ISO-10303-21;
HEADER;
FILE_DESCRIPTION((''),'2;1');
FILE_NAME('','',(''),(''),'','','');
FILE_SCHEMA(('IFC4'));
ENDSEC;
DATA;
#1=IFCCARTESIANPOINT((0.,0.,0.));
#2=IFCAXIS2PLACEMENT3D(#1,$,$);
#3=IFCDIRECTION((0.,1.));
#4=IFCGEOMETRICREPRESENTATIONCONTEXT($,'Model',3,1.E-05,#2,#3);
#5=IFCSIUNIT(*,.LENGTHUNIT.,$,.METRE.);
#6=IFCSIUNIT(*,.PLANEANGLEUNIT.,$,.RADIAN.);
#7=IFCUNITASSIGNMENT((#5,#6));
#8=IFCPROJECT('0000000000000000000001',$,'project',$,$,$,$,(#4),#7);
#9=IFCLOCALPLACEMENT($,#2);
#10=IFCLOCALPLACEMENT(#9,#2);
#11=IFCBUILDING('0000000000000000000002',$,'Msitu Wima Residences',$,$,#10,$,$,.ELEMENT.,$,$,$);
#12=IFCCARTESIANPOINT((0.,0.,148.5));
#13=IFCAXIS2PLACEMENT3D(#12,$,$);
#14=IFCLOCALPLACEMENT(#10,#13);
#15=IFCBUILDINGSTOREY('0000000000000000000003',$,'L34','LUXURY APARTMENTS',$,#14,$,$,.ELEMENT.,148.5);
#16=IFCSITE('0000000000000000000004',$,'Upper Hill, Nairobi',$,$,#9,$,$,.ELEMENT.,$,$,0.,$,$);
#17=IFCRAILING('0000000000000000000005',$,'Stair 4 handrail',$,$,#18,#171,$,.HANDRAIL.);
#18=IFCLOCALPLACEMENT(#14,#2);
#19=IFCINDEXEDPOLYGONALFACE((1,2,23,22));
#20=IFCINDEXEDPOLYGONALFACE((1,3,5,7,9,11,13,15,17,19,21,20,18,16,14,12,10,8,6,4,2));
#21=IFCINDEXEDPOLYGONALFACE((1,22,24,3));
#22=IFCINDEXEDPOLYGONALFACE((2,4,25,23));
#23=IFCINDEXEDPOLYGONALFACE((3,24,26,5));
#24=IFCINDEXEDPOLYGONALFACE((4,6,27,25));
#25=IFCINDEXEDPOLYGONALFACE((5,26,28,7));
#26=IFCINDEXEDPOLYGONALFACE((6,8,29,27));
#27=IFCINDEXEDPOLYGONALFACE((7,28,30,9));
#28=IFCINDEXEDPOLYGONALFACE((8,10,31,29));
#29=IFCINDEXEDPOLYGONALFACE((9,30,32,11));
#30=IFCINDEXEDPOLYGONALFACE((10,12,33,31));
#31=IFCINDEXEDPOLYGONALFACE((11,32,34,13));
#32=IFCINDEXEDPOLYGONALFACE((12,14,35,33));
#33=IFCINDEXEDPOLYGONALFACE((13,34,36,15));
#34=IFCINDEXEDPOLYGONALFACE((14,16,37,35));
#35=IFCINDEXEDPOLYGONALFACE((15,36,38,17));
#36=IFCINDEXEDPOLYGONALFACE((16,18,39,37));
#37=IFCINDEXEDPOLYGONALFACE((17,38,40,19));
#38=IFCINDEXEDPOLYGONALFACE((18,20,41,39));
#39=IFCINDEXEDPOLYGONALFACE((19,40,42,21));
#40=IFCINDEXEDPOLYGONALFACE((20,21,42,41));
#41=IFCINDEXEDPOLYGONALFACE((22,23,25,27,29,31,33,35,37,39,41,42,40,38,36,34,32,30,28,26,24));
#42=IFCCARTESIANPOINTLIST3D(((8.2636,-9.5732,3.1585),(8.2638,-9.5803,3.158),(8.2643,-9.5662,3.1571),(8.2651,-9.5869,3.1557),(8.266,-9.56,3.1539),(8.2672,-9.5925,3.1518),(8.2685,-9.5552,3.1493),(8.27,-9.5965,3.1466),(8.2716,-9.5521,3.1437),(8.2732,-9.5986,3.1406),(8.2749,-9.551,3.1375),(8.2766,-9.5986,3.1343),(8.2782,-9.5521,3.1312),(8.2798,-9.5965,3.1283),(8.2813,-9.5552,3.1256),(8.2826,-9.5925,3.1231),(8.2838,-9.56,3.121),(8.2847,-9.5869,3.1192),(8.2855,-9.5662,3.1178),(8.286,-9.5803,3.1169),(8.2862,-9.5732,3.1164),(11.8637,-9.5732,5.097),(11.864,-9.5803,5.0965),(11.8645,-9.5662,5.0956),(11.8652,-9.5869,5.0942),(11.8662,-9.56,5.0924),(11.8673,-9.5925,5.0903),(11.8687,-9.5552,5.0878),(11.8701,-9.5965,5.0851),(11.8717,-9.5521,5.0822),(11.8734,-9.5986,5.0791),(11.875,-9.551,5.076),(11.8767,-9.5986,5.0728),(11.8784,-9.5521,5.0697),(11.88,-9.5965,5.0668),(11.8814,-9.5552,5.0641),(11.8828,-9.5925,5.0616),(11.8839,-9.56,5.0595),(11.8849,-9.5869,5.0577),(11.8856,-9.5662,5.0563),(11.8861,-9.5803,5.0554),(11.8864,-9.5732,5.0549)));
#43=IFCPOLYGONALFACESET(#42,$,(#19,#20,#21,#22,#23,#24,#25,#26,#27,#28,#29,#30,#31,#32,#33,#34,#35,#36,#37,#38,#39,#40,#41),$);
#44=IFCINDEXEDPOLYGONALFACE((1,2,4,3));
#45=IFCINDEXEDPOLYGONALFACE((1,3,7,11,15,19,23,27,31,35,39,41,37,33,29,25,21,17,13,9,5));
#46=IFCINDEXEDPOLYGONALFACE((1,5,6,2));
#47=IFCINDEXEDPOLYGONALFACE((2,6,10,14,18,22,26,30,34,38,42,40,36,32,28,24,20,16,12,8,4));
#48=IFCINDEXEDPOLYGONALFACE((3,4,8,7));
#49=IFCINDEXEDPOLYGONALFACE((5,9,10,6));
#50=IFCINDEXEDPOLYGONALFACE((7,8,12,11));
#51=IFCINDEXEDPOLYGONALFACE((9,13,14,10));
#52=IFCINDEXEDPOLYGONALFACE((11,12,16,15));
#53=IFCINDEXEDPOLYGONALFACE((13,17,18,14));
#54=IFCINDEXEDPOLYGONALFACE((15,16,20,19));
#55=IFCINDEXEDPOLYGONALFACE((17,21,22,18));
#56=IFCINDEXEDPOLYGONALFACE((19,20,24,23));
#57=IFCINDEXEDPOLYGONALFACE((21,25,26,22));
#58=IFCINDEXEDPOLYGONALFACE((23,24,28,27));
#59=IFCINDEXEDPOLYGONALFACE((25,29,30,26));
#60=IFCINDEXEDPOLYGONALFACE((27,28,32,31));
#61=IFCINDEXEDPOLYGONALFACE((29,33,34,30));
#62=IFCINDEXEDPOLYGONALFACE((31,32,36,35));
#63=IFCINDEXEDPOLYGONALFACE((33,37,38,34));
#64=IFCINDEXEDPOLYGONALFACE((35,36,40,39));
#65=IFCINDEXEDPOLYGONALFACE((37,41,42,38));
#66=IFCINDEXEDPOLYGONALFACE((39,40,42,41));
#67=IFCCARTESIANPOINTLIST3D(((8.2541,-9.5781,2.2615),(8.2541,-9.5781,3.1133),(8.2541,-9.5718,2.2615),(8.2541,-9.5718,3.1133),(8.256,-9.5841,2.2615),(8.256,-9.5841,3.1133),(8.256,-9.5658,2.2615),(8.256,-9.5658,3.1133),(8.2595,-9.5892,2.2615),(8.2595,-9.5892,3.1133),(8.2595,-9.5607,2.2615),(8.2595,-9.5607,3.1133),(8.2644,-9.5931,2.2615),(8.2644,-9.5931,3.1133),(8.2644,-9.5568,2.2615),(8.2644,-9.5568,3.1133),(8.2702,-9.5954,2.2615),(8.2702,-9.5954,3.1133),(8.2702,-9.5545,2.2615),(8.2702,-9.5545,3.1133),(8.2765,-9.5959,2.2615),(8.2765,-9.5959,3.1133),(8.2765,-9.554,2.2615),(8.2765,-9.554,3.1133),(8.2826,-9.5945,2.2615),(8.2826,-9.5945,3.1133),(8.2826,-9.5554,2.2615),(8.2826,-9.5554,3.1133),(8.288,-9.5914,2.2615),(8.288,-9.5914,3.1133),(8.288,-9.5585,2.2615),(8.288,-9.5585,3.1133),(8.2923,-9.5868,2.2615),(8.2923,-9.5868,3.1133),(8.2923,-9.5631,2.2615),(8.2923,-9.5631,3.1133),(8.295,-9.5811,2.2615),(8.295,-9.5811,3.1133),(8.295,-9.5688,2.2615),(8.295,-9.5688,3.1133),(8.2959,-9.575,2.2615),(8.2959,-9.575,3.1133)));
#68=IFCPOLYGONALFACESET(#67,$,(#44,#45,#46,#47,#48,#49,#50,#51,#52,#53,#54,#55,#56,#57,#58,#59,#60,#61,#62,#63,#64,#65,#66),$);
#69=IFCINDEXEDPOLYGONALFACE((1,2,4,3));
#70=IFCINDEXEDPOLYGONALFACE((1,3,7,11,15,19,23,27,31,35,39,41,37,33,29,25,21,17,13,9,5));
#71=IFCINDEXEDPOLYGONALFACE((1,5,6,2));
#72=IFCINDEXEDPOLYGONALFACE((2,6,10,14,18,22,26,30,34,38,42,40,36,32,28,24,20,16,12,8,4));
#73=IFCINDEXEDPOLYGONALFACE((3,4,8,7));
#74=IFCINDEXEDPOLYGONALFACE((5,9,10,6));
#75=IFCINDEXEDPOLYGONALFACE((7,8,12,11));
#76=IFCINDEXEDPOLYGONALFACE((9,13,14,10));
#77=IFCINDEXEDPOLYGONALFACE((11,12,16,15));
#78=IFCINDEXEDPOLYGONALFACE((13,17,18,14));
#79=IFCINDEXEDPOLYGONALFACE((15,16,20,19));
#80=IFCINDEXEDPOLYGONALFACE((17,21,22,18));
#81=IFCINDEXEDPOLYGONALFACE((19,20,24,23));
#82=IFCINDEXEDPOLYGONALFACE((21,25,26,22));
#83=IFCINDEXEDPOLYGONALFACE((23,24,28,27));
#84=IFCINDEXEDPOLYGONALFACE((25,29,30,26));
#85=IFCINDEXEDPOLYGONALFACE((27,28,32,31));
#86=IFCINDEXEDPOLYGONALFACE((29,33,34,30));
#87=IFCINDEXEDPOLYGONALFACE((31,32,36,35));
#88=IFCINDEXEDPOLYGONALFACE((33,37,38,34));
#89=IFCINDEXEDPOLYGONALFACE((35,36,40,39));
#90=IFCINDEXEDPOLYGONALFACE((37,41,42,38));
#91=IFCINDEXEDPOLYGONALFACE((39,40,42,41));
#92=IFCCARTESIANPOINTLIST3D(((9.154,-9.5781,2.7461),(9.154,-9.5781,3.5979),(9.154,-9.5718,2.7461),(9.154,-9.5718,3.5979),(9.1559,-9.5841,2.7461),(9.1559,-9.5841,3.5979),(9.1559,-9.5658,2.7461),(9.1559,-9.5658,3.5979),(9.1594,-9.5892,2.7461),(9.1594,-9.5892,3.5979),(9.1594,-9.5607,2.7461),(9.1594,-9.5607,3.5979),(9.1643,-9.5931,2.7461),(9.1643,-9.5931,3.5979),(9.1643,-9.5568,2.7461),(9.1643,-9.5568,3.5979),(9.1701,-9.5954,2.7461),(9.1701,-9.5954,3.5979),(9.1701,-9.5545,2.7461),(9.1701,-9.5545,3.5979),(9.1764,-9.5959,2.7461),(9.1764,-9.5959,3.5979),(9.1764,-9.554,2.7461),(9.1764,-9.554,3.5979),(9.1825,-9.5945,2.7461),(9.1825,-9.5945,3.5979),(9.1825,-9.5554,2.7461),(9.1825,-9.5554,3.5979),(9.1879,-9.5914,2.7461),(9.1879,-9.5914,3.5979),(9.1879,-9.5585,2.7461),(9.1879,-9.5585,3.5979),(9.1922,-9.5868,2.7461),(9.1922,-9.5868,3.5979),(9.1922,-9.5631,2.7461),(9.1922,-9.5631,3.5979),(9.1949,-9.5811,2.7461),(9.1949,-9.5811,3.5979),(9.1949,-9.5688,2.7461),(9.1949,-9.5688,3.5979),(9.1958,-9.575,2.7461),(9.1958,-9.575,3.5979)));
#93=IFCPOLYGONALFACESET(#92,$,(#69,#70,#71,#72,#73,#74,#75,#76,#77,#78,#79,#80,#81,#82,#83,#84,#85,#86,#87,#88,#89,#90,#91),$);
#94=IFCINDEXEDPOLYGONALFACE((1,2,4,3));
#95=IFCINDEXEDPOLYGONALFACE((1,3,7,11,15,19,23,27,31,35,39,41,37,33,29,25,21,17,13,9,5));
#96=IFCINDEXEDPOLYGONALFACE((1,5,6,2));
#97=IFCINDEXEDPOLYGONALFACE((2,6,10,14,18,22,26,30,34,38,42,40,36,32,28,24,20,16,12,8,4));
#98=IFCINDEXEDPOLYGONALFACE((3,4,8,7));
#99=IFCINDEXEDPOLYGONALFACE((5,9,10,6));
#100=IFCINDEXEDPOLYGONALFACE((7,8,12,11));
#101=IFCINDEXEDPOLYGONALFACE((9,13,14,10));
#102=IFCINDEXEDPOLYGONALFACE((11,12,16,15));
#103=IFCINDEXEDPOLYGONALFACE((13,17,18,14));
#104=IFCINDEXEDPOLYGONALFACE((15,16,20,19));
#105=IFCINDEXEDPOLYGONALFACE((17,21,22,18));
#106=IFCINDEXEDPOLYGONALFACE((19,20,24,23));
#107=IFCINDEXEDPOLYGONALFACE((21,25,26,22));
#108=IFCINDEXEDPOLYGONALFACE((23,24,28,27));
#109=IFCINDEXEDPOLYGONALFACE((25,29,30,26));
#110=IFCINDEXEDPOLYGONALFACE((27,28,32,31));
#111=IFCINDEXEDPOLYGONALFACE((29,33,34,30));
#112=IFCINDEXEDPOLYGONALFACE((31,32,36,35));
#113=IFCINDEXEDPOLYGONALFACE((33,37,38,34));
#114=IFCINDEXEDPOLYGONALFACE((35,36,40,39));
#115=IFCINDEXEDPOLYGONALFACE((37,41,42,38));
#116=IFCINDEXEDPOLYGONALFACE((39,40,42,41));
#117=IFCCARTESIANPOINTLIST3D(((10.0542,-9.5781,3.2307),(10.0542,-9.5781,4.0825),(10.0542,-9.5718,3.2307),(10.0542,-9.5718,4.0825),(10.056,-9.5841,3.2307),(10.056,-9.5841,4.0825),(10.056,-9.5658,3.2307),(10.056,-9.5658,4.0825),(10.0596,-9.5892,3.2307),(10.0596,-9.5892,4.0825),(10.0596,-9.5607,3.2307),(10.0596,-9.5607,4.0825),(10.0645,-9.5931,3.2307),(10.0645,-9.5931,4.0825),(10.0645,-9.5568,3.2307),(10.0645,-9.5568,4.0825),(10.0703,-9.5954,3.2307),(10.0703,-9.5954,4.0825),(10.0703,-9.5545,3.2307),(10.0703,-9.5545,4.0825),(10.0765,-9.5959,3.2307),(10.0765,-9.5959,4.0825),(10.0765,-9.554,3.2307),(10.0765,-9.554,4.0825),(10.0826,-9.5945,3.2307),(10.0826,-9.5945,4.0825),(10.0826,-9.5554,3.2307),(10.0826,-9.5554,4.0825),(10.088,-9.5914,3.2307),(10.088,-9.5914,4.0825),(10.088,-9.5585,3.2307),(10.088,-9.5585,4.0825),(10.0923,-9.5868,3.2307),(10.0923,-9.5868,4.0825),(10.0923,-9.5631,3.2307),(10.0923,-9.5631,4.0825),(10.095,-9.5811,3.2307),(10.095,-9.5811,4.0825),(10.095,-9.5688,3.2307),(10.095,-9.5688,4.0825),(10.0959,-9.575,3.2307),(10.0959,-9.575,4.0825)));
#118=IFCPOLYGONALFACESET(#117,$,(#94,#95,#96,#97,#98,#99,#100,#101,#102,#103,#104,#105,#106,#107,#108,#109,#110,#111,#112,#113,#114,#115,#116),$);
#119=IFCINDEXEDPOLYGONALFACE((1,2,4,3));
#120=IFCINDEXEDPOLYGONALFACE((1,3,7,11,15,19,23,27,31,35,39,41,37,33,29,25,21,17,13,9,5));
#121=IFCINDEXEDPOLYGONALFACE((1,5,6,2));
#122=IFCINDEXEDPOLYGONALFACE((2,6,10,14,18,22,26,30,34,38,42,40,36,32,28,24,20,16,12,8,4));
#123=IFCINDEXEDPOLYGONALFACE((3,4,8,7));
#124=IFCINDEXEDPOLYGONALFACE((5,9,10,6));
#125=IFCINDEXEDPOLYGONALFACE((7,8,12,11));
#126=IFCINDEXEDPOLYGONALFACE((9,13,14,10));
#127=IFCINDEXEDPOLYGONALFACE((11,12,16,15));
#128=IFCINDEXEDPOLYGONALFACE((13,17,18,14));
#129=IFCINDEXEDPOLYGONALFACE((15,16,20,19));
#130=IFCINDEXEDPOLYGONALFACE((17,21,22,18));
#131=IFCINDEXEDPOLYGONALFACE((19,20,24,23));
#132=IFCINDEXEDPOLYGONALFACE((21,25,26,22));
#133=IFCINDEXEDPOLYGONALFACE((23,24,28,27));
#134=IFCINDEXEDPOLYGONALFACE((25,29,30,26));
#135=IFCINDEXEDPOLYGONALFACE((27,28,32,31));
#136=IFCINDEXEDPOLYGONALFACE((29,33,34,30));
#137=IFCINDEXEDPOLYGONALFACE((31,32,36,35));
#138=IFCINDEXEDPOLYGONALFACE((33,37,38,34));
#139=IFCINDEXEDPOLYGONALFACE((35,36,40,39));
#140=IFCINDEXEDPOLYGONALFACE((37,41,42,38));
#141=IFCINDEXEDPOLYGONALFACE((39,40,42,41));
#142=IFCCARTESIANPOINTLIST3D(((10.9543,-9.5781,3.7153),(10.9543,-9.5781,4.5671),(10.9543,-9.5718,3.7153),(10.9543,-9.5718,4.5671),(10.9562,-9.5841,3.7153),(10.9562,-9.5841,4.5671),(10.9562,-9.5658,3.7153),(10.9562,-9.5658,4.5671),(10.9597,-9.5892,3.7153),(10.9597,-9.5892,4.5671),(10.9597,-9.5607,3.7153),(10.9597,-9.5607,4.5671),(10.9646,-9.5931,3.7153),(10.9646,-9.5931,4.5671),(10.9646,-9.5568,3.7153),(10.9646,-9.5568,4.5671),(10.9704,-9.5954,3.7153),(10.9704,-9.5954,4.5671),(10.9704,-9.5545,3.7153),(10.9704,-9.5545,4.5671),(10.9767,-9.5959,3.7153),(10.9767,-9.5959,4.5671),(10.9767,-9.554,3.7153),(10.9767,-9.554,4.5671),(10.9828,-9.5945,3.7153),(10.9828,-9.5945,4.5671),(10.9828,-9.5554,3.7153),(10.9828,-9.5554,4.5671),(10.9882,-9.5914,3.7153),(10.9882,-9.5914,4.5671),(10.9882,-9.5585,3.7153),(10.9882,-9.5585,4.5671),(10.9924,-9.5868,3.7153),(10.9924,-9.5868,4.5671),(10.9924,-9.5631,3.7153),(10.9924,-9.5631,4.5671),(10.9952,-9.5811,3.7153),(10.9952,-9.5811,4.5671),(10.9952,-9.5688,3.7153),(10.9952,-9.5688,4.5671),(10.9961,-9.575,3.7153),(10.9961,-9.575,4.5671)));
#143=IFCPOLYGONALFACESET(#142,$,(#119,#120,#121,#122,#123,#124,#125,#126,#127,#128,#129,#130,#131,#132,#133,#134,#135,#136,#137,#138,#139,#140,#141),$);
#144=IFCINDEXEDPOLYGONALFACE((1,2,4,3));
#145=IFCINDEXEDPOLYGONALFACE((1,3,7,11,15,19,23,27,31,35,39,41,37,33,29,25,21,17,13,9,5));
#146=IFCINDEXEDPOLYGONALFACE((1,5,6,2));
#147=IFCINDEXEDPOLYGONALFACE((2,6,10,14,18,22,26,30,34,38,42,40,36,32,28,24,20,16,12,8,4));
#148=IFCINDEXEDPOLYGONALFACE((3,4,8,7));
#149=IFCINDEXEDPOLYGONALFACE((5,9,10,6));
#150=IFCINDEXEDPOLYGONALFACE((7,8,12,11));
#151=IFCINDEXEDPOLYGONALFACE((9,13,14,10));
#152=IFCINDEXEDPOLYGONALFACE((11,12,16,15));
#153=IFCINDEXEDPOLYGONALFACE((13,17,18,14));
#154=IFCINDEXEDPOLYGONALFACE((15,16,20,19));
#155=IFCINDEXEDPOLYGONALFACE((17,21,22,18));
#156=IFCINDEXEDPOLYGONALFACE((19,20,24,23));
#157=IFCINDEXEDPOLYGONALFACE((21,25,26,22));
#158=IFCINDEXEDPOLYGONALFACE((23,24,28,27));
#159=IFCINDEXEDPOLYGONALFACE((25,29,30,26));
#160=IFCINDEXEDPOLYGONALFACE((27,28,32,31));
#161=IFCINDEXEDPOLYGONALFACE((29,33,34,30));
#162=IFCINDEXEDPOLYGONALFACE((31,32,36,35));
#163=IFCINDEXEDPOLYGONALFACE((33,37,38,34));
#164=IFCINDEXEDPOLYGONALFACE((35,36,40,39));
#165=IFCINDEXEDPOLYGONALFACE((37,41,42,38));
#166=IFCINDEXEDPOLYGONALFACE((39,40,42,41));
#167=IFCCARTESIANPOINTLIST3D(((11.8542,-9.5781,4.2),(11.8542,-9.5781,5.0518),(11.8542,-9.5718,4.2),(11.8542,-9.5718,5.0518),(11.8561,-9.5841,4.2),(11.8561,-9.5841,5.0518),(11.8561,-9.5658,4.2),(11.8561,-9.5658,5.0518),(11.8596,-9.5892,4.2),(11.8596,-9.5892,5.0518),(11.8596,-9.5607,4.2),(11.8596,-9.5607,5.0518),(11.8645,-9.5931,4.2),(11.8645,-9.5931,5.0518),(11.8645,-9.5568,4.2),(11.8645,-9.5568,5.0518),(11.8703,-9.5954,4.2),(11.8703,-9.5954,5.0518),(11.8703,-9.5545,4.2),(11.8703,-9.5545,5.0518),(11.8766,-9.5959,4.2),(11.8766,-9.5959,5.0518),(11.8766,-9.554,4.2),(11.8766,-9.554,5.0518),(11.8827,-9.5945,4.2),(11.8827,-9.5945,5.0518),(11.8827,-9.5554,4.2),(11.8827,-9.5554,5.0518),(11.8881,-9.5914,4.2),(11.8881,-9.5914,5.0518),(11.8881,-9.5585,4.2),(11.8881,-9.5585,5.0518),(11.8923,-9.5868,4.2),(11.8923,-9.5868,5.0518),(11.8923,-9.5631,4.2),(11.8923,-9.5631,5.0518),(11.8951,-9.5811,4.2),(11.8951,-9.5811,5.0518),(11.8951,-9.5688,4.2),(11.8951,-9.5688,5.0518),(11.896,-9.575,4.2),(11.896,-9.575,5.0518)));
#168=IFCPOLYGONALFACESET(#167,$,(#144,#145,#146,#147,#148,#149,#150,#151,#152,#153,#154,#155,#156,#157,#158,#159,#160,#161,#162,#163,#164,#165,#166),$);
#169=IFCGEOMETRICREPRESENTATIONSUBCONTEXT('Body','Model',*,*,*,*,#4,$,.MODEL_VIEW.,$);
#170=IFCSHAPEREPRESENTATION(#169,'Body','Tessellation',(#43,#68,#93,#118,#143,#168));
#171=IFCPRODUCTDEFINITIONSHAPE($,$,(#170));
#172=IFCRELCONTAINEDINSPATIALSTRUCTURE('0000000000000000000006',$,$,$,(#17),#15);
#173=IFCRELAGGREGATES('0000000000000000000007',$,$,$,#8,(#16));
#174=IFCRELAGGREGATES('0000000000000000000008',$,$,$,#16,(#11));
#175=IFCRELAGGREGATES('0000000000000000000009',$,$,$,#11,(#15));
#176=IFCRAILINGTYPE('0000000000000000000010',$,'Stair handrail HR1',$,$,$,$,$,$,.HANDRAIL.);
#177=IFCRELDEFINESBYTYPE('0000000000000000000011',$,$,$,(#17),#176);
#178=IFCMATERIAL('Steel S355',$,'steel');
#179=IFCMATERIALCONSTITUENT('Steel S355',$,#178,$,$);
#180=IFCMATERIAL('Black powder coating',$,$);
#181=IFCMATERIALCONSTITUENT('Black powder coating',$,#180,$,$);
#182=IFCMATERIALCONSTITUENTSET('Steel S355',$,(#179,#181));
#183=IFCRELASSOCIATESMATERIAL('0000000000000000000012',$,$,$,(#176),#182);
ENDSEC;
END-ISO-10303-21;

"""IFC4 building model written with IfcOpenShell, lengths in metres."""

from ifc_helpers import new_model, si_unit, direction, frame, origin, origin_2d, place, context, subcontext, project, spatial, circle, extrude, material, constituent, constituent_set, type_object, element, save


model = new_model("IFC4")

# Units and contexts
model_context = context("Model", 3, precision=1e-05, world=origin(), true_north=direction((0.0, 1.0)))
body_context = subcontext(model_context, "Body", "Model", "MODEL_VIEW")
ifc_project = project(units=[si_unit("LENGTHUNIT", "METRE"), si_unit("PLANEANGLEUNIT", "RADIAN")], contexts=[model_context])

# Site, building, storey
site_placement = place(None, origin())
site = spatial("IfcSite", under=ifc_project, at=site_placement, Name="Upper Hill, Nairobi", CompositionType="ELEMENT", RefElevation=0.0)
building_placement = place(site_placement, origin())
building = spatial("IfcBuilding", under=site, at=building_placement, Name="Msitu Wima Residences", CompositionType="ELEMENT")
storey_placement = place(building_placement, frame((0.0, 0.0, 148.5)))
storey = spatial("IfcBuildingStorey", under=building, at=storey_placement, Name="L34", Description="LUXURY APARTMENTS", CompositionType="ELEMENT", Elevation=148.5)

# Railing
ifc_material_1 = material(Name="Steel S355", Category="steel")
ifc_constituent_1 = constituent(ifc_material_1, Name="Steel S355")
ifc_material_2 = material(Name="Black powder coating")
ifc_constituent_2 = constituent(ifc_material_2, Name="Black powder coating")
ifc_constituent_set = constituent_set(constituents=[ifc_constituent_1, ifc_constituent_2], Name="Steel S355")
railing_type = type_object("IfcRailingType", Name="Stair handrail HR1", PredefinedType="HANDRAIL", material=ifc_constituent_set)
for number, where, name in (
    (1, (8.2749, -9.575, 2.2615), "Stair 4 handrail"),
):
    element("IfcRailing", number, at=place(storey_placement, frame(where)), inside=storey, type_object=railing_type, Name=name, PredefinedType="HANDRAIL", context=body_context, shape_type="SweptSolid", body=[
        extrude(circle(Radius=0.0239, at=origin_2d()), frame((0.0, 0.0, 0.876), z_axis=(0.880475, 0.0, 0.474093), x_axis=(0.0, 1.0, 0.0)), (0.0, 0.0, 1.0), 4.0889),
        extrude(circle(Radius=0.021, at=origin_2d()), origin(), (0.0, 0.0, 1.0), 0.8518),
        extrude(circle(Radius=0.021, at=origin_2d()), frame((0.8999, 0.0, 0.4846)), (0.0, 0.0, 1.0), 0.8518),
        extrude(circle(Radius=0.021, at=origin_2d()), frame((1.8, 0.0, 0.9692)), (0.0, 0.0, 1.0), 0.8518),
        extrude(circle(Radius=0.021, at=origin_2d()), frame((2.7002, 0.0, 1.4539)), (0.0, 0.0, 1.0), 0.8518),
        extrude(circle(Radius=0.021, at=origin_2d()), frame((3.6001, 0.0, 1.9385)), (0.0, 0.0, 1.0), 0.8518),
    ])

save(model, "model.ifc")
